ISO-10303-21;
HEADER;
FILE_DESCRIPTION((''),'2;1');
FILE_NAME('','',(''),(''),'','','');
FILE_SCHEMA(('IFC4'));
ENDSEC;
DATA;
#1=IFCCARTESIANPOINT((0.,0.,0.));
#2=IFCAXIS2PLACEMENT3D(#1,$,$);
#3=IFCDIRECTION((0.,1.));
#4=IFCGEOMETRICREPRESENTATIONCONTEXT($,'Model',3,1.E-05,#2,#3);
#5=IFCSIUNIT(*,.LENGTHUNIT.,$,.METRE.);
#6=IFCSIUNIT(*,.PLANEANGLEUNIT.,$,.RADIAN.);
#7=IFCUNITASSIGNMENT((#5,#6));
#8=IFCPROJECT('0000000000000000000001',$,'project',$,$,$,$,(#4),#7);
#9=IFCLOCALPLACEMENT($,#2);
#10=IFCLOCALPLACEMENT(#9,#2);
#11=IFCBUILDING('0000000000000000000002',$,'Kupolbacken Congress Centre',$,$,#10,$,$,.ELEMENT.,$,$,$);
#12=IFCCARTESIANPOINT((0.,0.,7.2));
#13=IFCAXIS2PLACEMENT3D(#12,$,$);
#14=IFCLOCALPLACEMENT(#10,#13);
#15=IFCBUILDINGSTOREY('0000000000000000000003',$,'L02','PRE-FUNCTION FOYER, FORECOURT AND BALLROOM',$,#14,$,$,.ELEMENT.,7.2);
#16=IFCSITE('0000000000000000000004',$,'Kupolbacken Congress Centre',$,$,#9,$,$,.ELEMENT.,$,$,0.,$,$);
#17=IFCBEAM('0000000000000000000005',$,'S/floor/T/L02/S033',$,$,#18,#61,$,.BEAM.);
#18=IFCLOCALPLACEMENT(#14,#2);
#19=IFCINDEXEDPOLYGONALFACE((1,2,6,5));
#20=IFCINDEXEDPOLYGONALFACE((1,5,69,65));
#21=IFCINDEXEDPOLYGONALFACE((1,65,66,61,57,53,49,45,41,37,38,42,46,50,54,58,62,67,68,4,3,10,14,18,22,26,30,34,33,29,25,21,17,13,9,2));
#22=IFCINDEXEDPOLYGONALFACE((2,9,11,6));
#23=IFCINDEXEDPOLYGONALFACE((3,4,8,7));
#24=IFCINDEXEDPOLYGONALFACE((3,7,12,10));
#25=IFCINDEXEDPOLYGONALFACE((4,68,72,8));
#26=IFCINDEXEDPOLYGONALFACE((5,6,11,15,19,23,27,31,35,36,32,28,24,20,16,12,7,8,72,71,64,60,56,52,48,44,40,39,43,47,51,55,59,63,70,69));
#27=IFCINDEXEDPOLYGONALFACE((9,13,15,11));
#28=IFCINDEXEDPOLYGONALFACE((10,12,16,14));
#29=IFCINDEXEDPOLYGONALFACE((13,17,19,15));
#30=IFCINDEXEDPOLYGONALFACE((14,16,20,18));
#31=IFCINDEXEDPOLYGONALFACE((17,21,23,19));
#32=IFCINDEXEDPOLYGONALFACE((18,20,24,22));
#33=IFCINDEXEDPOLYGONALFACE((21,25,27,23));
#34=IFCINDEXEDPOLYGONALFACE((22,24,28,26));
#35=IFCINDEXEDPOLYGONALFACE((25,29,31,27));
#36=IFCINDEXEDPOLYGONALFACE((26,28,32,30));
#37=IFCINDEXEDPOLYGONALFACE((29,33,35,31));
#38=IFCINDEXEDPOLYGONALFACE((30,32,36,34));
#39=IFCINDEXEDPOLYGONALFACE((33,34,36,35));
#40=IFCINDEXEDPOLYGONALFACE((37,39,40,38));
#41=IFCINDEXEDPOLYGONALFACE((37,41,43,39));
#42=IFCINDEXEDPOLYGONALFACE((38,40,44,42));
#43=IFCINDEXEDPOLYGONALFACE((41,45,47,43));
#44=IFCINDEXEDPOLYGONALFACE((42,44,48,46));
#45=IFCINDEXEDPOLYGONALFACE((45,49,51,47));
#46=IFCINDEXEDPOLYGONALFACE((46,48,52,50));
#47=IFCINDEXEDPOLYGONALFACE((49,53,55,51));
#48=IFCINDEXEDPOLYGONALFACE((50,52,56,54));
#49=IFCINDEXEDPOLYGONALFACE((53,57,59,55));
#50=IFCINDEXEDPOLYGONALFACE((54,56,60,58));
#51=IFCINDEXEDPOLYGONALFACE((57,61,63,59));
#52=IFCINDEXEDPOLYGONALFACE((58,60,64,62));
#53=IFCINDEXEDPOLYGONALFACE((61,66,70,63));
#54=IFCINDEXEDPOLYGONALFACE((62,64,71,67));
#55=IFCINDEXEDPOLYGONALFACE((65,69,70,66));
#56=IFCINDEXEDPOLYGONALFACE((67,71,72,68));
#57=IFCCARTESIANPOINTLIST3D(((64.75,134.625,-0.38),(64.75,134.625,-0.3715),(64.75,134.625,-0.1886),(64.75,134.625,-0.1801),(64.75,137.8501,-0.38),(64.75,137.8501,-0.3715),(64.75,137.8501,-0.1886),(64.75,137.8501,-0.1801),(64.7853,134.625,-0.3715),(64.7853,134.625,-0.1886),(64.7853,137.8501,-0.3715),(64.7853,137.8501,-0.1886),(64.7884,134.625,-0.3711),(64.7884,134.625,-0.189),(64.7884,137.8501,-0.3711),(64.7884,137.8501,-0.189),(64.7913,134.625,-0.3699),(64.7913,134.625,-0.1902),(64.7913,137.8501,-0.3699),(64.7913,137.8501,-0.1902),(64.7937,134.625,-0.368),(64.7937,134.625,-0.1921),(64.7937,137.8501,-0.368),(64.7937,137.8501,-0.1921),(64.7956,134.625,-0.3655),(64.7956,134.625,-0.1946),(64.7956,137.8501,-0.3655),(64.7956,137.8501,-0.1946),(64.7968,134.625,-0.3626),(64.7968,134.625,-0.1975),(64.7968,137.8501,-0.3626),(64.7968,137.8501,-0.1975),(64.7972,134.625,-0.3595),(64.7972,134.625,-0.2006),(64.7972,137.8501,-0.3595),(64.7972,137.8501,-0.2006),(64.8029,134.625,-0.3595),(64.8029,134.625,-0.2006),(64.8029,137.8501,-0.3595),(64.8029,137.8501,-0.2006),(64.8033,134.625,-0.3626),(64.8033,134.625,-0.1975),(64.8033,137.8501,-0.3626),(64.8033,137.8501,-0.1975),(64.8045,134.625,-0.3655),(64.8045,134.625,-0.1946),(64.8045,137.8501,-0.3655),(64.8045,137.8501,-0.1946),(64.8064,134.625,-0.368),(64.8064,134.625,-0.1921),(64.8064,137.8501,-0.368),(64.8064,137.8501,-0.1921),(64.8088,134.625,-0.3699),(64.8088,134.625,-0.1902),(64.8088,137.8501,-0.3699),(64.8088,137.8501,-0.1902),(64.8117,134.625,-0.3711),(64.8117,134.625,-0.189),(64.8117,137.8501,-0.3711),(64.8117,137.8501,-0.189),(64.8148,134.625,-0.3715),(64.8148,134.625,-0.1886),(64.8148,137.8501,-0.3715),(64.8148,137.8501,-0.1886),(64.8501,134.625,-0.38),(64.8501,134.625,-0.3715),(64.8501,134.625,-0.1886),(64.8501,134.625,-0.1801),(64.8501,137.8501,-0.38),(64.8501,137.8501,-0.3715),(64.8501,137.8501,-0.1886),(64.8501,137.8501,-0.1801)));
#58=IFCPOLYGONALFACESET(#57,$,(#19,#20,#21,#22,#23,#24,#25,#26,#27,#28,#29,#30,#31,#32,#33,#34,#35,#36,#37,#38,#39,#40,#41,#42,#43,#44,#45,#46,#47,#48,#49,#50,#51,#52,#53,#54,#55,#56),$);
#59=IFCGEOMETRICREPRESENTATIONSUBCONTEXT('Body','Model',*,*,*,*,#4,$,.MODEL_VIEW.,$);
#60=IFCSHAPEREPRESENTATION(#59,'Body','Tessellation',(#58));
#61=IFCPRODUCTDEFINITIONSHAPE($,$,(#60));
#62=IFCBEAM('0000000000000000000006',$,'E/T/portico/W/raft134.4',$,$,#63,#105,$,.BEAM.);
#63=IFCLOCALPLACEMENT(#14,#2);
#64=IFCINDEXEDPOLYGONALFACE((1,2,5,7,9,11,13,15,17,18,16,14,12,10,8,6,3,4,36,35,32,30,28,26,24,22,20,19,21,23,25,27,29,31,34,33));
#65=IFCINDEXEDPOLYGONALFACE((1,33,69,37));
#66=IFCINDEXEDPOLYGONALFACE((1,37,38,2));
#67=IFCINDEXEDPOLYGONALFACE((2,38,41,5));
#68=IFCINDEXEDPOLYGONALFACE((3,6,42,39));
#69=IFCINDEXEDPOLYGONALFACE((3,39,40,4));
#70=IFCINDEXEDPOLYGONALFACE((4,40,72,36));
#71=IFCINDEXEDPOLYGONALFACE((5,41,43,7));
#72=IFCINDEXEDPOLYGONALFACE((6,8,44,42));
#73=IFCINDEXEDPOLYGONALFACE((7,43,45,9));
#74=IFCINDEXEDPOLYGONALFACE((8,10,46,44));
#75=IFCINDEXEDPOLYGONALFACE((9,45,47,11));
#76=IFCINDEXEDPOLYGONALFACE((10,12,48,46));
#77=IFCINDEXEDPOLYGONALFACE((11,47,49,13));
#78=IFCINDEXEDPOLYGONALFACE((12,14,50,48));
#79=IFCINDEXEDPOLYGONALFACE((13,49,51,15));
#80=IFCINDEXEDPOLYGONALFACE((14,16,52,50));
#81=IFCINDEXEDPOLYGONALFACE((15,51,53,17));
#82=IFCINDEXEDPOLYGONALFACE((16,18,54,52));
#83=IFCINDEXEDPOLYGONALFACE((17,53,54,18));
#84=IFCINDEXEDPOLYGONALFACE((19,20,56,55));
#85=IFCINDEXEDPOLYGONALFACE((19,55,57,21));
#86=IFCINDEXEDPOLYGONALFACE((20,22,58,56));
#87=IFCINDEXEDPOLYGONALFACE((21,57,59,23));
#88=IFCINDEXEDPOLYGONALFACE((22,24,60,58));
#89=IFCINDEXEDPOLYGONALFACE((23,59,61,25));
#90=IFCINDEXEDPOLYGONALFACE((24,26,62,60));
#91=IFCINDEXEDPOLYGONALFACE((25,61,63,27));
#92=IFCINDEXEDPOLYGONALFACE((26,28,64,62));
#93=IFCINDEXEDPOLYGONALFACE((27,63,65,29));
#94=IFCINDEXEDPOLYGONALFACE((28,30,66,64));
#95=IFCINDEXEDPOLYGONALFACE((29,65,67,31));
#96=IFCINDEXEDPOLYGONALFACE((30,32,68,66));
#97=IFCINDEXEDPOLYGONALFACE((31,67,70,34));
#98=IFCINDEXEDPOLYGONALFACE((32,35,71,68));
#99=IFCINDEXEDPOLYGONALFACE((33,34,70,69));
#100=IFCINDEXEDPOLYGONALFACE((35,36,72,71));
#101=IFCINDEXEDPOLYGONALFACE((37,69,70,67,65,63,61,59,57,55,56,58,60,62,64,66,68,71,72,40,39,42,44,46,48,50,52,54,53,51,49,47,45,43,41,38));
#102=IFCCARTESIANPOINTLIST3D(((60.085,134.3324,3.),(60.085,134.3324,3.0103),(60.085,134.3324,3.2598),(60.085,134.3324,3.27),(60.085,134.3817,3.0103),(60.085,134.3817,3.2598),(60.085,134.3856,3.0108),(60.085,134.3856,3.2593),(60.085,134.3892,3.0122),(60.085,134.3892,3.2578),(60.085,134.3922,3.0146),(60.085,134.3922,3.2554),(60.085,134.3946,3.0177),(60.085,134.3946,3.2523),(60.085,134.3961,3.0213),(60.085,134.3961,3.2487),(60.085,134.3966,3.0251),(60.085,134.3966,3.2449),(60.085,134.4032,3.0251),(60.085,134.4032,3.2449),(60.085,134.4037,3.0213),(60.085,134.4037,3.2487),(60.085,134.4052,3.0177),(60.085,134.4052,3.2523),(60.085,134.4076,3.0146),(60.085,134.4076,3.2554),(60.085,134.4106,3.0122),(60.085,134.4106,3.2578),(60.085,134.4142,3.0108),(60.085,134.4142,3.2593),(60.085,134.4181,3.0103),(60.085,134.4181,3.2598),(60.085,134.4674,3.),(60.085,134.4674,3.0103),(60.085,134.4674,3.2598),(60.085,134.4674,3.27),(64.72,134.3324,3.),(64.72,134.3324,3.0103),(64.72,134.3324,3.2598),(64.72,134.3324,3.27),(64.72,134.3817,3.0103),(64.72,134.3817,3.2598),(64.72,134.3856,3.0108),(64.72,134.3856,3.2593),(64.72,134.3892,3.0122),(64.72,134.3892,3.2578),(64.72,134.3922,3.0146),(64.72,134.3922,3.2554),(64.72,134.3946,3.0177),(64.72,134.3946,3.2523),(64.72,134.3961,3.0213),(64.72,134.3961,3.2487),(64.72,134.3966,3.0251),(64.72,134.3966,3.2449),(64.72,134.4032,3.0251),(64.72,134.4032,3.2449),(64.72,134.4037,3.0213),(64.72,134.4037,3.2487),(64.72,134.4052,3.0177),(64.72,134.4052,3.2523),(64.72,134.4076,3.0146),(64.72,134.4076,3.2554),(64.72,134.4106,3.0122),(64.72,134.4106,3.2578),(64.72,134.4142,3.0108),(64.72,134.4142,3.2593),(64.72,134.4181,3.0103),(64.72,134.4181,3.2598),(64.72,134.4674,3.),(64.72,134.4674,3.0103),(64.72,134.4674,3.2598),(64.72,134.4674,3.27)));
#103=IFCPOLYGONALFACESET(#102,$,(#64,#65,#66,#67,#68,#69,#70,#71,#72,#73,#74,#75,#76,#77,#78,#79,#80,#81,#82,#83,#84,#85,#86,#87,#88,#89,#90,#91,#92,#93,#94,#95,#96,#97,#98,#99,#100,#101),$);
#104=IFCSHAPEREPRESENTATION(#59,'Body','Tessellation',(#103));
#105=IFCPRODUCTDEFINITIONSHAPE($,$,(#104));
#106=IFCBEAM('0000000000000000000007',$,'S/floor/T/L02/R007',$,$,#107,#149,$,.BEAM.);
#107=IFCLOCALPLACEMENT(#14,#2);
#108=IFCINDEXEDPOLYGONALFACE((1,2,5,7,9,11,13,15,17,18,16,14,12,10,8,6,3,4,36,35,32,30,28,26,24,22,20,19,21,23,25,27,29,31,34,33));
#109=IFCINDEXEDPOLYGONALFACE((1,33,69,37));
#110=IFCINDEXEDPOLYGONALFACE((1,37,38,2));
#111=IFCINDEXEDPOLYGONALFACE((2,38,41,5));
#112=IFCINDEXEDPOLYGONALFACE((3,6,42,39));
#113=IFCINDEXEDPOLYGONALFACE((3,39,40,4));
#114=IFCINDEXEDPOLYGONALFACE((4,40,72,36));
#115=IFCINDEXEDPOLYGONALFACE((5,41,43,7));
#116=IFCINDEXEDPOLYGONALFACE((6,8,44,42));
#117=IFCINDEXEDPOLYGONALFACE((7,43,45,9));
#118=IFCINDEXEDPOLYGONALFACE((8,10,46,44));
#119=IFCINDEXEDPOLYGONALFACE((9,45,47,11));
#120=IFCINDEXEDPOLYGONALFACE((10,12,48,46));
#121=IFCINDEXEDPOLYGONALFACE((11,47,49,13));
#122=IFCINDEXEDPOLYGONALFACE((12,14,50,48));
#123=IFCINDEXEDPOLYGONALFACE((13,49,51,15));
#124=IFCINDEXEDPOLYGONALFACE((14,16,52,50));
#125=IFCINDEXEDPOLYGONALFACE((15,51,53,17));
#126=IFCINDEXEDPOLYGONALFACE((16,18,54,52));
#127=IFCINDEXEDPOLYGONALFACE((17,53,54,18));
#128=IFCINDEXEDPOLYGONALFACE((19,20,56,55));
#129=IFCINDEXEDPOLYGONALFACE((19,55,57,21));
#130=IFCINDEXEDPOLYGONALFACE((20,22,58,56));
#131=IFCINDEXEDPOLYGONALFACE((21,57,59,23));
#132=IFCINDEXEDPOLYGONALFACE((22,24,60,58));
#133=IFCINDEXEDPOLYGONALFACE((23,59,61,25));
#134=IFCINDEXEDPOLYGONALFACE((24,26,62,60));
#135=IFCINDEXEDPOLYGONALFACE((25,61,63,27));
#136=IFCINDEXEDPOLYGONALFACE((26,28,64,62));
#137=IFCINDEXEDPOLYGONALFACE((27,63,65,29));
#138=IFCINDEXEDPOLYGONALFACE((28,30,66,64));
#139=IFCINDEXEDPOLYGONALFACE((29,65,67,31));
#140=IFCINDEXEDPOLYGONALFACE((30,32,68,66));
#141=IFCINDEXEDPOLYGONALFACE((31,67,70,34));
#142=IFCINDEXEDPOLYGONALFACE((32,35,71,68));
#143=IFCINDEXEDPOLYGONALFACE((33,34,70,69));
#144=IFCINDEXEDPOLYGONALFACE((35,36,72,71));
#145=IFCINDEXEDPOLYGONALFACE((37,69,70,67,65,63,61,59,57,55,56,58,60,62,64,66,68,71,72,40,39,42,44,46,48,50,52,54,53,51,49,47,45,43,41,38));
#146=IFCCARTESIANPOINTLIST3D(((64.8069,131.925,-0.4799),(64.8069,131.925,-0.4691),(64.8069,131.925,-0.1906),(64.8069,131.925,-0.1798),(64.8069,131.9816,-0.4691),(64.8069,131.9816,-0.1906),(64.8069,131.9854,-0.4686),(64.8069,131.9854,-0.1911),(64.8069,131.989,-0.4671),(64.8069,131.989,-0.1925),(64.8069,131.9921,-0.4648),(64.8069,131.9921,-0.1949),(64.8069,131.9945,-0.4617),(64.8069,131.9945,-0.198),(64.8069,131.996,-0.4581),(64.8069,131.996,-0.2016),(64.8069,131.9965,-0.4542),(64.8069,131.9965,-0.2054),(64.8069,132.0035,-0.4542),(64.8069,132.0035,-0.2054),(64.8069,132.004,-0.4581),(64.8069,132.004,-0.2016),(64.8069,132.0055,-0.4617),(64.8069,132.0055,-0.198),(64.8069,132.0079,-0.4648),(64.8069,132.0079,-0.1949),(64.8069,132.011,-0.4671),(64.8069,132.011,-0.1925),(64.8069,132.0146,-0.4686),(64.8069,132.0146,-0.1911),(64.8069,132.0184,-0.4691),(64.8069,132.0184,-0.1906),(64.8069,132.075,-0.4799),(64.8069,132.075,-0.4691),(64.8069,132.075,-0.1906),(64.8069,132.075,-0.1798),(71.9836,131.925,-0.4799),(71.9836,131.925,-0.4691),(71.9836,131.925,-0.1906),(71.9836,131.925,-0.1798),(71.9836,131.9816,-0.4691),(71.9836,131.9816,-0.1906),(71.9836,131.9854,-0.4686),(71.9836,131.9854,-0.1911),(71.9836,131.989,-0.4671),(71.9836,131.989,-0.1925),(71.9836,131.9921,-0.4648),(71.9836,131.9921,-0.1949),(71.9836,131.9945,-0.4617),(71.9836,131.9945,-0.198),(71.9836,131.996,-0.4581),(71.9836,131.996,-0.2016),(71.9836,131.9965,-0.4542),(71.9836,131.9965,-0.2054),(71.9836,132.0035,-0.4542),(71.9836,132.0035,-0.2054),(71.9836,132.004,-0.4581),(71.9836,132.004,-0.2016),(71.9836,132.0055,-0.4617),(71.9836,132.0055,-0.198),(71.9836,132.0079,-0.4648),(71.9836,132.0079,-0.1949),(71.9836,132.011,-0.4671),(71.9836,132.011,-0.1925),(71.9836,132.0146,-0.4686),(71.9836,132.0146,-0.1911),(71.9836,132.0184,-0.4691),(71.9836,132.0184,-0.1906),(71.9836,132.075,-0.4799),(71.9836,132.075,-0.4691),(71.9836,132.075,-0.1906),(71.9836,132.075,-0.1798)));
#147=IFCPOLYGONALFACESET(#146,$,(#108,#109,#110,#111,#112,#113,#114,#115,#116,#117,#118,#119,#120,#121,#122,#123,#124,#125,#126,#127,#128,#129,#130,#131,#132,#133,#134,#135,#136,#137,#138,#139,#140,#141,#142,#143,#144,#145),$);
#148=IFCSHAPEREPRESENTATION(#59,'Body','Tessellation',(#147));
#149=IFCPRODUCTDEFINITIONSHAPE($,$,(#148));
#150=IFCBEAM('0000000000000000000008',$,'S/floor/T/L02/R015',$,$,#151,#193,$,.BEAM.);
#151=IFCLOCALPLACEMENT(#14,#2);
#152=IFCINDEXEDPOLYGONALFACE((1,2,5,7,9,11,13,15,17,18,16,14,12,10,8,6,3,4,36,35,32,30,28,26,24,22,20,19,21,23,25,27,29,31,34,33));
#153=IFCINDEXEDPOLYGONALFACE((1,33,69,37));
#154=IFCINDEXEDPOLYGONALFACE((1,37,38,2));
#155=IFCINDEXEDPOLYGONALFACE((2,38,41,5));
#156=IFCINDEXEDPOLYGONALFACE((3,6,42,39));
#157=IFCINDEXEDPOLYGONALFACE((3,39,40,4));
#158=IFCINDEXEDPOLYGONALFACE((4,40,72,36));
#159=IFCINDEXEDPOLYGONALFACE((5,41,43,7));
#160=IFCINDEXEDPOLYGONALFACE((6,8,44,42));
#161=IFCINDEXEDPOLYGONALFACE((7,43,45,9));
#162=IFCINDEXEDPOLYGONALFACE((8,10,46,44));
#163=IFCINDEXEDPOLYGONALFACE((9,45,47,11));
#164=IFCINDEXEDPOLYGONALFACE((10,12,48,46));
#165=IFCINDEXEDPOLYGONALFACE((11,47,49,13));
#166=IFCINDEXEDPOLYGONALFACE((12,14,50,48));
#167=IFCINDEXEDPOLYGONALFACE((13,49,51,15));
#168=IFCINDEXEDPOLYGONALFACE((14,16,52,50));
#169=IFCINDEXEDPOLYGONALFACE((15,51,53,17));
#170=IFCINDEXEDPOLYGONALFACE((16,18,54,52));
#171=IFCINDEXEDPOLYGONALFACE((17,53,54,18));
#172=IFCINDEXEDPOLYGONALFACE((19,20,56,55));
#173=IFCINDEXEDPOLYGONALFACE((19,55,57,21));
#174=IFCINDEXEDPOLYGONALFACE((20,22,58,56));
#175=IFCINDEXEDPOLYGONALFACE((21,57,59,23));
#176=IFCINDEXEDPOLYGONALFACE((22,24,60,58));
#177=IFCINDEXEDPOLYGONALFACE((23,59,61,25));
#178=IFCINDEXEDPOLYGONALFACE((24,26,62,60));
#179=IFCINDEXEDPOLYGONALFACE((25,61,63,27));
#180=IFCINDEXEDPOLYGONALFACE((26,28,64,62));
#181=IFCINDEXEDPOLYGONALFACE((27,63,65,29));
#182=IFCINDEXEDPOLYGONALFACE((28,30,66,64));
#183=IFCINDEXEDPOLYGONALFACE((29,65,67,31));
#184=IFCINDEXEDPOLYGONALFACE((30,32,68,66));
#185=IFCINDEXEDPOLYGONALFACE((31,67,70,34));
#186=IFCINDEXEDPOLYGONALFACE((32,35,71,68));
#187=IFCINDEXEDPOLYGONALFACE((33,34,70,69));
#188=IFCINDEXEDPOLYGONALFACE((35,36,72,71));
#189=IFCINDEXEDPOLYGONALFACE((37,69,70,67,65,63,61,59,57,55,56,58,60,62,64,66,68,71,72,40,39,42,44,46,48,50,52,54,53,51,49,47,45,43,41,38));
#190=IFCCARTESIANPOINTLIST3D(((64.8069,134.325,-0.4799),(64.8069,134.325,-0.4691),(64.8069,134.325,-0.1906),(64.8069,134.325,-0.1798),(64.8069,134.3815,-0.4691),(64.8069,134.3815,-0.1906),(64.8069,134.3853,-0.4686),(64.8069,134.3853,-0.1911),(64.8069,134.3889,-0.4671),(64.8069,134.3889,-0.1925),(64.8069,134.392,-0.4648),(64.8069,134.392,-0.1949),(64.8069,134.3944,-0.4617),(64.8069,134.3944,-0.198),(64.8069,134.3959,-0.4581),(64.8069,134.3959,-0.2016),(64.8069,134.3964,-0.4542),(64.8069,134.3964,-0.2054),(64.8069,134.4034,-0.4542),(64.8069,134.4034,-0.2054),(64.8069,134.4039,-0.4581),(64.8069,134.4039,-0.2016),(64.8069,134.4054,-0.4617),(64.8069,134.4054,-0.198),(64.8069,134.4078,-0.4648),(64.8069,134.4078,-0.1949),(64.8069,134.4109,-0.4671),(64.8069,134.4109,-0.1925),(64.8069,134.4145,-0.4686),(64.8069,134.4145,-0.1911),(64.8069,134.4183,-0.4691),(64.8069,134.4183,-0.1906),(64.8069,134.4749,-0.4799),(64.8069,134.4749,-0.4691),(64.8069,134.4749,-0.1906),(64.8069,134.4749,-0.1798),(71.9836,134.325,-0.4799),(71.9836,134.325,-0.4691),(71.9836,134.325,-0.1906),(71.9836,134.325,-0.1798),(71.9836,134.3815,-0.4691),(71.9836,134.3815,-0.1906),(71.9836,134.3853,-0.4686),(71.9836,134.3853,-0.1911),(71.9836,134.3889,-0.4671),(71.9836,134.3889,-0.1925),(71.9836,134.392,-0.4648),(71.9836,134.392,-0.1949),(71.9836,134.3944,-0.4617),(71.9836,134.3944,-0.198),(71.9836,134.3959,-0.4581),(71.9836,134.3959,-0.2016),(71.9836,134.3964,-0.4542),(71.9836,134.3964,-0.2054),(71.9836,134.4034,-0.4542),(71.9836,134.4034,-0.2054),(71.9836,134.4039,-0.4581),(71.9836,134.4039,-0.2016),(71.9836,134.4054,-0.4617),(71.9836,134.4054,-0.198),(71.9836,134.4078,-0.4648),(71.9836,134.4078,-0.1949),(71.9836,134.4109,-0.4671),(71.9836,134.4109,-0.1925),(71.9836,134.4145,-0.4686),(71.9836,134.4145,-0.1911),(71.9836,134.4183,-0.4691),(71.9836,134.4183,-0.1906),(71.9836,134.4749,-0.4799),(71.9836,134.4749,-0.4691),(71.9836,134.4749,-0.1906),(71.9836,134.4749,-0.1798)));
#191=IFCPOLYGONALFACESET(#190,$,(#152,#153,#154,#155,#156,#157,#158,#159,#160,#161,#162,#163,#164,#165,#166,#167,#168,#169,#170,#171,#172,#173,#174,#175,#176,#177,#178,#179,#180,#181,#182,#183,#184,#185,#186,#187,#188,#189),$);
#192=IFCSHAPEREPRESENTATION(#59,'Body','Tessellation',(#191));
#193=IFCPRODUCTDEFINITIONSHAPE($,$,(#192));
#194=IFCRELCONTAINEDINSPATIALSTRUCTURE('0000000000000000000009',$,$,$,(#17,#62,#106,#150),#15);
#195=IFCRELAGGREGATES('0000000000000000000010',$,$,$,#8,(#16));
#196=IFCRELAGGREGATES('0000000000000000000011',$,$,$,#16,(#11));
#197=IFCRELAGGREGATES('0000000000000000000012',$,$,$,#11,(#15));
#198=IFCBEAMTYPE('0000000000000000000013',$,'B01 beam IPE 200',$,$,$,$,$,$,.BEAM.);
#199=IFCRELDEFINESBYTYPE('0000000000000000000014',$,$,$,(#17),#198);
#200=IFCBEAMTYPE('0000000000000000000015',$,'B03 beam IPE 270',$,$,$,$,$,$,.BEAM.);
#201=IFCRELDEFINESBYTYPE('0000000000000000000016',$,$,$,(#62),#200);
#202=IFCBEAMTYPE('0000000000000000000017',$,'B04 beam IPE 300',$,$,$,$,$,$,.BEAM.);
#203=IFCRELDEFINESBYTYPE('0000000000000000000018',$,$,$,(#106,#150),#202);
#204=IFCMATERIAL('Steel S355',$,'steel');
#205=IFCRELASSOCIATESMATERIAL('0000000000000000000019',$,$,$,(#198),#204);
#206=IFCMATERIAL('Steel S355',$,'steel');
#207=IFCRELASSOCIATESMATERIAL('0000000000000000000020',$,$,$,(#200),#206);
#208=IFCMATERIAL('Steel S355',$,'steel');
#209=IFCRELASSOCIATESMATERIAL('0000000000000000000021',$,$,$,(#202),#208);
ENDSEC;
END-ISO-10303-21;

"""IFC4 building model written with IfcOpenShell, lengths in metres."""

from ifc_helpers import new_model, si_unit, direction, frame, origin, origin_2d, place, context, subcontext, project, spatial, i_section, extrude, material, material_profile, profile_set, type_object, element, save


model = new_model("IFC4")

# Units and contexts
model_context = context("Model", 3, precision=1e-05, world=origin(), true_north=direction((0.0, 1.0)))
body_context = subcontext(model_context, "Body", "Model", "MODEL_VIEW")
ifc_project = project(units=[si_unit("LENGTHUNIT", "METRE"), si_unit("PLANEANGLEUNIT", "RADIAN")], contexts=[model_context])

# Site, building, storey
site_placement = place(None, origin())
site = spatial("IfcSite", under=ifc_project, at=site_placement, Name="Kupolbacken Congress Centre", CompositionType="ELEMENT", RefElevation=0.0)
building_placement = place(site_placement, origin())
building = spatial("IfcBuilding", under=site, at=building_placement, Name="Kupolbacken Congress Centre", CompositionType="ELEMENT")
storey_placement = place(building_placement, frame((0.0, 0.0, 7.2)))
storey = spatial("IfcBuildingStorey", under=building, at=storey_placement, Name="L02", Description="PRE-FUNCTION FOYER, FORECOURT AND BALLROOM", CompositionType="ELEMENT", Elevation=7.2)

# Beams
ifc_material_1 = material(Name="Steel S355", Category="steel")
ifc_material_profile_1 = material_profile(ifc_material_1, i_section(OverallWidth=0.1001, OverallDepth=0.2, WebThickness=0.0056, FlangeThickness=0.0085, FilletRadius=0.012, at=origin_2d()), Name="IPE 200")
ifc_profile_set_1 = profile_set([ifc_material_profile_1], Name="Steel S355")
beam_type_1 = type_object("IfcBeamType", Name="B01 beam IPE 200", PredefinedType="BEAM", material=ifc_profile_set_1)
beam_1_placement = place(storey_placement, frame((64.8, 134.625, -0.28), z_axis=(0.0, 1.0, 0.0), x_axis=(-1.0, 0.0, 0.0)))
element("IfcBeam", 1, at=beam_1_placement, inside=storey, type_object=beam_type_1, Name="S/floor/T/L02/S033", PredefinedType="BEAM", context=body_context, shape_type="SweptSolid", body=[
    extrude(i_section(OverallWidth=0.1001, OverallDepth=0.2, WebThickness=0.0056, FlangeThickness=0.0085, FilletRadius=0.012, at=origin_2d()), origin(), (0.0, 0.0, 1.0), 3.2251),
])
ifc_material_2 = material(Name="Steel S355", Category="steel")
ifc_material_profile_2 = material_profile(ifc_material_2, i_section(OverallWidth=0.135, OverallDepth=0.27, WebThickness=0.0066, FlangeThickness=0.0103, FilletRadius=0.0149, at=origin_2d()), Name="IPE 270")
ifc_profile_set_2 = profile_set([ifc_material_profile_2], Name="Steel S355")
beam_type_2 = type_object("IfcBeamType", Name="B03 beam IPE 270", PredefinedType="BEAM", material=ifc_profile_set_2)
beam_2_placement = place(storey_placement, frame((64.72, 134.3999, 3.135), z_axis=(-1.0, 0.0, 0.0), x_axis=(0.0, -1.0, 0.0)))
element("IfcBeam", 2, at=beam_2_placement, inside=storey, type_object=beam_type_2, Name="E/T/portico/W/raft134.4", PredefinedType="BEAM", context=body_context, shape_type="SweptSolid", body=[
    extrude(i_section(OverallWidth=0.135, OverallDepth=0.27, WebThickness=0.0066, FlangeThickness=0.0103, FilletRadius=0.0149, at=origin_2d()), origin(), (0.0, 0.0, 1.0), 4.635),
])
ifc_material_3 = material(Name="Steel S355", Category="steel")
ifc_material_profile_3 = material_profile(ifc_material_3, i_section(OverallWidth=0.1499, OverallDepth=0.3, WebThickness=0.0071, FlangeThickness=0.0107, FilletRadius=0.0149, at=origin_2d()), Name="IPE 300")
ifc_profile_set_3 = profile_set([ifc_material_profile_3], Name="Steel S355")
beam_type_3 = type_object("IfcBeamType", Name="B04 beam IPE 300", PredefinedType="BEAM", material=ifc_profile_set_3)
for number, where, z_axis, x_axis, name in (
    (3, (64.8069, 132.0, -0.3298), (1.0, 0.0, 0.0), (0.0, 1.0, 0.0), "S/floor/T/L02/R007"),
    (4, (64.8069, 134.3999, -0.3298), (1.0, 0.0, 0.0), (0.0, 1.0, 0.0), "S/floor/T/L02/R015"),
):
    element("IfcBeam", number, at=place(storey_placement, frame(where, z_axis=z_axis, x_axis=x_axis)), inside=storey, type_object=beam_type_3, Name=name, PredefinedType="BEAM", context=body_context, shape_type="SweptSolid", body=[
        extrude(i_section(OverallWidth=0.1499, OverallDepth=0.3, WebThickness=0.0071, FlangeThickness=0.0107, FilletRadius=0.0149, at=origin_2d()), origin(), (0.0, 0.0, 1.0), 7.1768),
    ])

save(model, "model.ifc")
